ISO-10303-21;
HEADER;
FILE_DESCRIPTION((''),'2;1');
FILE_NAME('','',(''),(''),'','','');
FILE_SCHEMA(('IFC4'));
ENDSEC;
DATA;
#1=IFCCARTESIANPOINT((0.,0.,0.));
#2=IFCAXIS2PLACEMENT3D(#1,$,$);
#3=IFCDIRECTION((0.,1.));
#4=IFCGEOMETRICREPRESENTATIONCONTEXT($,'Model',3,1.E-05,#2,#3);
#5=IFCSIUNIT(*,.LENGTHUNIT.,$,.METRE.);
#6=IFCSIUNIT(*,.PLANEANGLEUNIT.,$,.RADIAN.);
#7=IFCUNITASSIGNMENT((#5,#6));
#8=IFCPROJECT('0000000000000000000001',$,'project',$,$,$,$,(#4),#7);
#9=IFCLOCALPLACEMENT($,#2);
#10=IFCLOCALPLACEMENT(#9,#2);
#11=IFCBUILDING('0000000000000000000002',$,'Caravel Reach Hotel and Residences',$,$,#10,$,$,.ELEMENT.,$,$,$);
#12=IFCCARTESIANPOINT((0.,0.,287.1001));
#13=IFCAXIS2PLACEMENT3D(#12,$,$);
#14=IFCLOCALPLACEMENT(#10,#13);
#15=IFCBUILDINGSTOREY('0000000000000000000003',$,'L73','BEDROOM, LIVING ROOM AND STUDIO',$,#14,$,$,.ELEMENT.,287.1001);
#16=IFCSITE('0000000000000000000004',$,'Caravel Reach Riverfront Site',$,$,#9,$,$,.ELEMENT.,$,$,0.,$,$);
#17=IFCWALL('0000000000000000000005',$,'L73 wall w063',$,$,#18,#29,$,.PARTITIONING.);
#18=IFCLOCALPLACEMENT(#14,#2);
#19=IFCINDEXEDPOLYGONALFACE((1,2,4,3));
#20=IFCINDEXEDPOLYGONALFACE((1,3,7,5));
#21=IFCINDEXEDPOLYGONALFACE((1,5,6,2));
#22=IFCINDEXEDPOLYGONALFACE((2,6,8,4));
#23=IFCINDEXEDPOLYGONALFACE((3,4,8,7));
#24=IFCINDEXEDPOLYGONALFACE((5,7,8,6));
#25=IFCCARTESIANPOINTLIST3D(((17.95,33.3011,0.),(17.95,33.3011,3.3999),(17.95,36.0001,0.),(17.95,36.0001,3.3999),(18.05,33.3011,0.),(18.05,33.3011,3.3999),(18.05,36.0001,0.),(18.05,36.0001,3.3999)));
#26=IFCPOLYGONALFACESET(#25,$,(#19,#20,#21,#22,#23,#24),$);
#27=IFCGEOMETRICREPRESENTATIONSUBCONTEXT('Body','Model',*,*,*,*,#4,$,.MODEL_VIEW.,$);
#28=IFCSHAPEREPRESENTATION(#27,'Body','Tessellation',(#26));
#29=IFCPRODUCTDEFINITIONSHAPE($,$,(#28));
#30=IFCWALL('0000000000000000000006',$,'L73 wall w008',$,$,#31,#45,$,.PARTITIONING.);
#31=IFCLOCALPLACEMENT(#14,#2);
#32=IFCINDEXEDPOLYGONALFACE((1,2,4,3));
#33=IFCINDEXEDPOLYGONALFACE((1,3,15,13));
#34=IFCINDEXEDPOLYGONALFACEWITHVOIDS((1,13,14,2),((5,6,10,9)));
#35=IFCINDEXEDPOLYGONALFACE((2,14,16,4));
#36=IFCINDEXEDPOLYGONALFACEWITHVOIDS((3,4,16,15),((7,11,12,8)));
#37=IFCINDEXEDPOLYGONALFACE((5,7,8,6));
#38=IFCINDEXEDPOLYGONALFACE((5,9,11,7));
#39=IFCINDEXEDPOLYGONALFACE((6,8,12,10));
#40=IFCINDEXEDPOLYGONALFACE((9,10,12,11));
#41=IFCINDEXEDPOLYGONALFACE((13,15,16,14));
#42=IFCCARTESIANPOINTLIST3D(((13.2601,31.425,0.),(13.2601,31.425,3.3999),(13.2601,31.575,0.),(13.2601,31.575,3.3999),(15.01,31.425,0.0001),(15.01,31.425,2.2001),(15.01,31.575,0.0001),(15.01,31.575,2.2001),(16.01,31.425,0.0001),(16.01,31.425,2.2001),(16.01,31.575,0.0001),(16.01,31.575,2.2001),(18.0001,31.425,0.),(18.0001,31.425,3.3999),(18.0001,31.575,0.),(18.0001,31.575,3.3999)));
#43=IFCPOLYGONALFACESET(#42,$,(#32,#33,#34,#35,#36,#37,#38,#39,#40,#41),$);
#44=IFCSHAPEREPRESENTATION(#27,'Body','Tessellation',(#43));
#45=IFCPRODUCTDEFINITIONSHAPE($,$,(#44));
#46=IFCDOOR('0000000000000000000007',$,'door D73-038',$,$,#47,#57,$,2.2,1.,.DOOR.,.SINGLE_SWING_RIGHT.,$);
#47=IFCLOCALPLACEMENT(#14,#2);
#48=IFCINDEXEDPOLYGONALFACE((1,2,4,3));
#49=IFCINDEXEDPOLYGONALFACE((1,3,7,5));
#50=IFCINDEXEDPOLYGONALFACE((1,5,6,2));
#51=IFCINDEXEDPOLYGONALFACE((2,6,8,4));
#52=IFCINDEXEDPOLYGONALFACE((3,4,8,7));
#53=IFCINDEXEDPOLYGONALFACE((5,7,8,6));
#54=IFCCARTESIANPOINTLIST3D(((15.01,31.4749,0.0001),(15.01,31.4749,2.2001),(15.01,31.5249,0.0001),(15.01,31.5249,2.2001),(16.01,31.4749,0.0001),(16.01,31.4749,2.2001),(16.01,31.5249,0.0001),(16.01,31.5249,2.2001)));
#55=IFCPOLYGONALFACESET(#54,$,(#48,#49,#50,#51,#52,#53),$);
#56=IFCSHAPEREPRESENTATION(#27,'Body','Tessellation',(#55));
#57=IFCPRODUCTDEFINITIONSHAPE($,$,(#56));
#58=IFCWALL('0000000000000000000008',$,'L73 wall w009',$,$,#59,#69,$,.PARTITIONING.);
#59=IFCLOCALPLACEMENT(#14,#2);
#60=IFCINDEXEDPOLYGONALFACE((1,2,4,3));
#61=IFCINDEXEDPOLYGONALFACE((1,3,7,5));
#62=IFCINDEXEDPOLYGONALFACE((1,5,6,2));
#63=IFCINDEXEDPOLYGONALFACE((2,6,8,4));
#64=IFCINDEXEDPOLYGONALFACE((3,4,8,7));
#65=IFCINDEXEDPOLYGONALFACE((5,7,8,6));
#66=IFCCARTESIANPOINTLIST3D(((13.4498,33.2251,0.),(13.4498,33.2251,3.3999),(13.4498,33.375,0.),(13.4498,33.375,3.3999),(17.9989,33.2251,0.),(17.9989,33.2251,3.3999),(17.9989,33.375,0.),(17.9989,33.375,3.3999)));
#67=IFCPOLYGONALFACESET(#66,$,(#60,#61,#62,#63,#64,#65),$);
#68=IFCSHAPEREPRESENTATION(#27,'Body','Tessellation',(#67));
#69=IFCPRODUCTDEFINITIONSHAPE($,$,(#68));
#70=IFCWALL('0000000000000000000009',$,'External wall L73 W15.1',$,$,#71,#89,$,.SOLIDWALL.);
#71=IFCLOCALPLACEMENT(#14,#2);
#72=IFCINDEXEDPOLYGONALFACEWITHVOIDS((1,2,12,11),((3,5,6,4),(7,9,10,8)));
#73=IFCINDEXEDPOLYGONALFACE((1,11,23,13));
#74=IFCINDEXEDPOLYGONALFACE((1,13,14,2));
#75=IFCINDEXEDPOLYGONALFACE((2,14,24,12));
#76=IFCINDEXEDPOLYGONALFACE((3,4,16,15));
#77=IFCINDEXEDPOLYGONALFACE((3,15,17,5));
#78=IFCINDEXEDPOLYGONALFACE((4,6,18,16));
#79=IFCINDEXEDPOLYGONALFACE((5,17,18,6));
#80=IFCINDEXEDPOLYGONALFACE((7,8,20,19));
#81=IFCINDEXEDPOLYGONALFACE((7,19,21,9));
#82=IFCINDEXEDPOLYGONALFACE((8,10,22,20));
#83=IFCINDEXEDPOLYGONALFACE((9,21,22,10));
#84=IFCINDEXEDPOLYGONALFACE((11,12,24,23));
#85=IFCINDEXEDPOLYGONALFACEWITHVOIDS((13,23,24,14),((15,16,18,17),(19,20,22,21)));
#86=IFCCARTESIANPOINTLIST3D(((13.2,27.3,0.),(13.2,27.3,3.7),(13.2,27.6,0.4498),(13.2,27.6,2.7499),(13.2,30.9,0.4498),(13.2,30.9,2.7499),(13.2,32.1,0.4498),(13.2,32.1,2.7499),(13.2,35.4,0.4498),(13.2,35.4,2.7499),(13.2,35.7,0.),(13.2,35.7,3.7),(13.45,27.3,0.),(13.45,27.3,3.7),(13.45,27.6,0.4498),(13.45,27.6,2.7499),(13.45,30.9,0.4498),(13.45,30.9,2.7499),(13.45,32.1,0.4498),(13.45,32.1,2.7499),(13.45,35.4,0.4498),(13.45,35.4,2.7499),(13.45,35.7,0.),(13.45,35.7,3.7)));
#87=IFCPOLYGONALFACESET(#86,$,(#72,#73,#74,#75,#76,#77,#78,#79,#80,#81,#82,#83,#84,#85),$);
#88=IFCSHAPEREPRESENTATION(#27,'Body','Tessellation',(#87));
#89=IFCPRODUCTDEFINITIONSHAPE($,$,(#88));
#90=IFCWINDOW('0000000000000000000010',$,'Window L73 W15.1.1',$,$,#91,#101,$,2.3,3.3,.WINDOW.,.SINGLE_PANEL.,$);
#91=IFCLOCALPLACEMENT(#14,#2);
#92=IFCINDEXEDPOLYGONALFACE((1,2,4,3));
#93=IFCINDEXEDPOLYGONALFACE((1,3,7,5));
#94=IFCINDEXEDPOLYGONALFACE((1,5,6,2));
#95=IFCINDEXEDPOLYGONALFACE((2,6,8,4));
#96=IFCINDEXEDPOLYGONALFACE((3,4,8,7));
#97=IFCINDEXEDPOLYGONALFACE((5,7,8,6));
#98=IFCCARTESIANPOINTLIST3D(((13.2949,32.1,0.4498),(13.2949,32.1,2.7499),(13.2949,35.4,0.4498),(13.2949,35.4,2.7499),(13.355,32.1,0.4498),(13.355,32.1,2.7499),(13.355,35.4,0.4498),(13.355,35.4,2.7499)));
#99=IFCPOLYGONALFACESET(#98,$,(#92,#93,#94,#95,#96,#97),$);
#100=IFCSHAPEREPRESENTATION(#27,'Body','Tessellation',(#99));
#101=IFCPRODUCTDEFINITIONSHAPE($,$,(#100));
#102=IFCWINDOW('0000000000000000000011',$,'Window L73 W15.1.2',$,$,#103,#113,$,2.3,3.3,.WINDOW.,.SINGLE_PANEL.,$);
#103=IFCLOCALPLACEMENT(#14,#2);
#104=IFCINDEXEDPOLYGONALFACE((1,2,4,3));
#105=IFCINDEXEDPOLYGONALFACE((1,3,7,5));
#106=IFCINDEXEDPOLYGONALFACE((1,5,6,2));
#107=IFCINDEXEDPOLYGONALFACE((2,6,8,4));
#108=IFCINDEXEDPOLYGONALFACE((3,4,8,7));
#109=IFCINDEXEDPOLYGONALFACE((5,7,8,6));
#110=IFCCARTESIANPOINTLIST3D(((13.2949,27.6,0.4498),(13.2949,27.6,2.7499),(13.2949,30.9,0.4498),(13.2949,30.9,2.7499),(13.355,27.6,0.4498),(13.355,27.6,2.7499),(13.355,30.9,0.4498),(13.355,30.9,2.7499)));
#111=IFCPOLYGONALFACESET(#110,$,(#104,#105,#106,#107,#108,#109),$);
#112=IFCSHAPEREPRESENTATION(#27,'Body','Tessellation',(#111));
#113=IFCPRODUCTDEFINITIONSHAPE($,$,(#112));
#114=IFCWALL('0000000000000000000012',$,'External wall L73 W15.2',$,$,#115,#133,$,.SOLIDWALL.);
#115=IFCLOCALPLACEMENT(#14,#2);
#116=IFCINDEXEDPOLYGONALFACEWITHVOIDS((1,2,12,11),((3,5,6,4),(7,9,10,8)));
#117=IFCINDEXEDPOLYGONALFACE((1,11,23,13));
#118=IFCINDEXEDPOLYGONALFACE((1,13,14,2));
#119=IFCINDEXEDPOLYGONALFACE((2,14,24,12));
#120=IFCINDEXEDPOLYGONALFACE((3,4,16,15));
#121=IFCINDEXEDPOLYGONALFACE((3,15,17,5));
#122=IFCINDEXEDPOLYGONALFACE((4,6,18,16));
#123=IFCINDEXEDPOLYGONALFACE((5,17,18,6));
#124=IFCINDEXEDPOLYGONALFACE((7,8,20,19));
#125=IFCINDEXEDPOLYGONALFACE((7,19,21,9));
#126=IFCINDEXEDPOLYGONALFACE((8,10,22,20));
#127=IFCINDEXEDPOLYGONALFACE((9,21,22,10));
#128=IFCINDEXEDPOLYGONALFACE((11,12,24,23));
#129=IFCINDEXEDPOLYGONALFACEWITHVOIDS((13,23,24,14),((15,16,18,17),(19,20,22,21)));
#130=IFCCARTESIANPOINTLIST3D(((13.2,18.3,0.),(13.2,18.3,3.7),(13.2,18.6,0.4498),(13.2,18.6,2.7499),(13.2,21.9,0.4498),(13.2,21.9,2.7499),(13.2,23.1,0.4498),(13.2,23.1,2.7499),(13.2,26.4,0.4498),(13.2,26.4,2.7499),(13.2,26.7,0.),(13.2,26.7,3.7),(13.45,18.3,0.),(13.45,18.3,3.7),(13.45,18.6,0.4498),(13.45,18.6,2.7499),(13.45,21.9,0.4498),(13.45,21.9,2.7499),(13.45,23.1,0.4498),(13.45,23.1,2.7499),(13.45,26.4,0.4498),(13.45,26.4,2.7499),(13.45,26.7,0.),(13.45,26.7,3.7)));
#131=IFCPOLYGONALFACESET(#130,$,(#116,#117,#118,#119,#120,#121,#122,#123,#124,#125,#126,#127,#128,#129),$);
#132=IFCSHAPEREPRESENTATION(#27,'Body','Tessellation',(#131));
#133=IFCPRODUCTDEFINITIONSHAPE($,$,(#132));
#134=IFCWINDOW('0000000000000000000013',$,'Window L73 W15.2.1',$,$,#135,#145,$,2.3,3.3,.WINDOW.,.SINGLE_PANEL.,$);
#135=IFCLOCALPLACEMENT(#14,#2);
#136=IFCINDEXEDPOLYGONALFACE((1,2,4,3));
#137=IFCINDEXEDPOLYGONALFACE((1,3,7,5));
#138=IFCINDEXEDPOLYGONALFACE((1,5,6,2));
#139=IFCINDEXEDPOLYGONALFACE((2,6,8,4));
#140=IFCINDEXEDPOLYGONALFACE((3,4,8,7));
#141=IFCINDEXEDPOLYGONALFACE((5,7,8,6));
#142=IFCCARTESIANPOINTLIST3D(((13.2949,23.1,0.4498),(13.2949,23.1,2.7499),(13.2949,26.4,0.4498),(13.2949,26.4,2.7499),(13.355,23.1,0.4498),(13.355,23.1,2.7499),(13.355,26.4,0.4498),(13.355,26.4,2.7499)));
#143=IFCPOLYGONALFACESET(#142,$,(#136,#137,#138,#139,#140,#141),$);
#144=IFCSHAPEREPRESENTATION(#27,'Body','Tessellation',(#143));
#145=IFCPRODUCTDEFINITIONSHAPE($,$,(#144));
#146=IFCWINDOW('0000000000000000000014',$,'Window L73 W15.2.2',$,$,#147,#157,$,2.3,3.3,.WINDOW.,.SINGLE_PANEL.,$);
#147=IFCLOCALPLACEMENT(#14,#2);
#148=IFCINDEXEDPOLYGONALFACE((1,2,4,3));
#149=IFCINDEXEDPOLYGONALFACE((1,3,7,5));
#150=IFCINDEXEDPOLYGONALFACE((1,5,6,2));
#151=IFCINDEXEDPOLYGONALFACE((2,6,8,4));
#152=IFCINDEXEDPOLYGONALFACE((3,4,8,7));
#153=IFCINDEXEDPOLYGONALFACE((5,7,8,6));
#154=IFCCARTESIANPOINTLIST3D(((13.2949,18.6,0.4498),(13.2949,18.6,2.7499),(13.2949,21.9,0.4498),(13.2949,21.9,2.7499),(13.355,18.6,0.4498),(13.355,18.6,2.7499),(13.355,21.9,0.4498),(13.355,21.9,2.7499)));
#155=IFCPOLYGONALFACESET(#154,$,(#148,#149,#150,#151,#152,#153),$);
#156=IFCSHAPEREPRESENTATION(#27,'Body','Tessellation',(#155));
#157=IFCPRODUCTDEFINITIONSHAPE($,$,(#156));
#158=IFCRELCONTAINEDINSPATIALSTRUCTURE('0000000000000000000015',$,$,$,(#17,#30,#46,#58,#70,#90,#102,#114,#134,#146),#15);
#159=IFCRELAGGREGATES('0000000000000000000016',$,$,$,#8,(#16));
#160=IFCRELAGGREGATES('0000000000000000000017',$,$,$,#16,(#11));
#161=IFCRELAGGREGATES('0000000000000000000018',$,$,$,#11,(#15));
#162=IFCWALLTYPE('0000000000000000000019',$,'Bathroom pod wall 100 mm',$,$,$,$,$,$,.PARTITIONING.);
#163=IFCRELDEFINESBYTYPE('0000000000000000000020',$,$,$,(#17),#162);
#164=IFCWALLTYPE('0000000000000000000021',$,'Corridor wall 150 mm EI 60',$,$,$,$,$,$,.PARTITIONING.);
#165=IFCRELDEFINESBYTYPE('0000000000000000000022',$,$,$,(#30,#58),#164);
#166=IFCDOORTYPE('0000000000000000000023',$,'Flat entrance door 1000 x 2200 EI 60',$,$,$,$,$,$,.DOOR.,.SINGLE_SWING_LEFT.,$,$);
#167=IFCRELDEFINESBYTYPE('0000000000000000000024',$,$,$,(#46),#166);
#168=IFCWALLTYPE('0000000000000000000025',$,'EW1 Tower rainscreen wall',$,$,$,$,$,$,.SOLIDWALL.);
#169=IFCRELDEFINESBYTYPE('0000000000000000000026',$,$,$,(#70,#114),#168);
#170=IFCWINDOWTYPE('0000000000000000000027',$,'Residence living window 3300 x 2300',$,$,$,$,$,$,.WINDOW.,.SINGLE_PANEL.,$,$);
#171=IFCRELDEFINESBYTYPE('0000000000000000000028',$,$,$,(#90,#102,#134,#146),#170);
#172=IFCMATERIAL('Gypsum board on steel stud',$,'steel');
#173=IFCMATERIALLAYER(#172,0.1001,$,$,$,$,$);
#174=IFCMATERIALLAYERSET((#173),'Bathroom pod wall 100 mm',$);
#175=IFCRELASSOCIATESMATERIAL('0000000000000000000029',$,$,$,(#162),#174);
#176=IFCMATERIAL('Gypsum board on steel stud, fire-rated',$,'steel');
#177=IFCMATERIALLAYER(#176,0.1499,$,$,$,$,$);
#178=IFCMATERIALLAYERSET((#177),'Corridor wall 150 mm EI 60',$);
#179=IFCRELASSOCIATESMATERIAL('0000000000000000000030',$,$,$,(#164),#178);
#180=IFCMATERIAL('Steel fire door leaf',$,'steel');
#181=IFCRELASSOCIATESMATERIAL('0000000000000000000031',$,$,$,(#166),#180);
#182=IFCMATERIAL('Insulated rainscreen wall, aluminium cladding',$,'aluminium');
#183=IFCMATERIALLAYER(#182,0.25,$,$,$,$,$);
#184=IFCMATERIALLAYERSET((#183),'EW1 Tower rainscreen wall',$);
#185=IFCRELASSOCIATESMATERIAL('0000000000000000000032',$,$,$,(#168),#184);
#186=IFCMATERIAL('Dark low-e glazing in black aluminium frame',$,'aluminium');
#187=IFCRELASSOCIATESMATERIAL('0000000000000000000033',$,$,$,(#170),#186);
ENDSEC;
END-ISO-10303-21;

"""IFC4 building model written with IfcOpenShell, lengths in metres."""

from ifc_helpers import new_model, si_unit, direction, frame, frame_2d, origin, place, context, subcontext, project, spatial, rectangle, extrude, material, layer, layer_set, type_object, element, fill, save


model = new_model("IFC4")

# Units and contexts
model_context = context("Model", 3, precision=1e-05, world=origin(), true_north=direction((0.0, 1.0)))
body_context = subcontext(model_context, "Body", "Model", "MODEL_VIEW")
ifc_project = project(units=[si_unit("LENGTHUNIT", "METRE"), si_unit("PLANEANGLEUNIT", "RADIAN")], contexts=[model_context])

# Site, building, storey
site_placement = place(None, origin())
site = spatial("IfcSite", under=ifc_project, at=site_placement, Name="Caravel Reach Riverfront Site", CompositionType="ELEMENT", RefElevation=0.0)
building_placement = place(site_placement, origin())
building = spatial("IfcBuilding", under=site, at=building_placement, Name="Caravel Reach Hotel and Residences", CompositionType="ELEMENT")
storey_placement = place(building_placement, frame((0.0, 0.0, 287.1001)))
storey = spatial("IfcBuildingStorey", under=building, at=storey_placement, Name="L73", Description="BEDROOM, LIVING ROOM AND STUDIO", CompositionType="ELEMENT", Elevation=287.1001)

# Wall
ifc_material_1 = material(Name="Gypsum board on steel stud", Category="steel")
ifc_layer_1 = layer(ifc_material_1, 0.1001)
ifc_layer_set_1 = layer_set([ifc_layer_1], Name="Bathroom pod wall 100 mm")
wall_type_1 = type_object("IfcWallType", Name="Bathroom pod wall 100 mm", PredefinedType="PARTITIONING", material=ifc_layer_set_1)
wall_1_placement = place(storey_placement, frame((18.0, 33.301, 0.0), z_axis=(0.0, 0.0, 1.0), x_axis=(0.0, 1.0, 0.0)))
element("IfcWall", 1, at=wall_1_placement, inside=storey, type_object=wall_type_1, Name="L73 wall w063", PredefinedType="PARTITIONING", context=body_context, shape_type="SweptSolid", body=[
    extrude(rectangle(XDim=2.699, YDim=0.1001, at=frame_2d((1.3496, 0.0))), origin(), (0.0, 0.0, 1.0), 3.3999),
])

# Wall, opening, door
ifc_material_2 = material(Name="Gypsum board on steel stud, fire-rated", Category="steel")
ifc_layer_2 = layer(ifc_material_2, 0.1499)
ifc_layer_set_2 = layer_set([ifc_layer_2], Name="Corridor wall 150 mm EI 60")
wall_type_2 = type_object("IfcWallType", Name="Corridor wall 150 mm EI 60", PredefinedType="PARTITIONING", material=ifc_layer_set_2)
wall_2_placement = place(storey_placement, frame((13.26, 31.5, 0.0), z_axis=(0.0, 0.0, 1.0), x_axis=(1.0, 0.0, 0.0)))
wall_2 = element("IfcWall", 2, at=wall_2_placement, inside=storey, type_object=wall_type_2, Name="L73 wall w008", PredefinedType="PARTITIONING", context=body_context, shape_type="SweptSolid", body=[
    extrude(rectangle(XDim=4.74, YDim=0.1499, at=frame_2d((2.3701, 0.0))), origin(), (0.0, 0.0, 1.0), 3.3999),
])
opening_1_placement = place(wall_2_placement, frame((1.75, 0.0, 0.0)))
opening_1 = element("IfcOpeningElement", 3, at=opening_1_placement, cuts=wall_2, PredefinedType="OPENING", context=body_context, shape_type="SweptSolid", body=[
    extrude(rectangle(XDim=1.0, YDim=2.2, at=frame_2d((0.5, 1.1001))), frame((0.0, 0.085, 0.0), z_axis=(0.0, -1.0, 0.0), x_axis=(1.0, 0.0, 0.0)), (0.0, 0.0, 1.0), 0.1699),
])
ifc_material_3 = material(Name="Steel fire door leaf", Category="steel")
door_type = type_object("IfcDoorType", Name="Flat entrance door 1000 x 2200 EI 60", OperationType="SINGLE_SWING_LEFT", PredefinedType="DOOR", material=ifc_material_3)
door_placement = place(opening_1_placement, origin())
door = element("IfcDoor", 4, at=door_placement, inside=storey, type_object=door_type, Name="door D73-038", OperationType="SINGLE_SWING_RIGHT", OverallHeight=2.2, OverallWidth=1.0, PredefinedType="DOOR", context=body_context, shape_type="SweptSolid", body=[
    extrude(rectangle(XDim=1.0, YDim=2.2, at=frame_2d((0.5, 1.1001))), frame((0.0, 0.0249, 0.0), z_axis=(0.0, -1.0, 0.0), x_axis=(1.0, 0.0, 0.0)), (0.0, 0.0, 1.0), 0.05),
])
fill(opening_1, door)

# Wall
wall_3_placement = place(storey_placement, frame((13.45, 33.3, 0.0), z_axis=(0.0, 0.0, 1.0), x_axis=(1.0, 0.0, 0.0)))
element("IfcWall", 5, at=wall_3_placement, inside=storey, type_object=wall_type_2, Name="L73 wall w009", PredefinedType="PARTITIONING", context=body_context, shape_type="SweptSolid", body=[
    extrude(rectangle(XDim=4.5491, YDim=0.1499, at=frame_2d((2.2744, 0.0))), origin(), (0.0, 0.0, 1.0), 3.3999),
])

# Walls, openings, windows
ifc_material_4 = material(Name="Insulated rainscreen wall, aluminium cladding", Category="aluminium")
ifc_layer_3 = layer(ifc_material_4, 0.25)
ifc_layer_set_3 = layer_set([ifc_layer_3], Name="EW1 Tower rainscreen wall")
wall_type_3 = type_object("IfcWallType", Name="EW1 Tower rainscreen wall", PredefinedType="SOLIDWALL", material=ifc_layer_set_3)
wall_4_placement = place(storey_placement, frame((13.325, 35.7, 0.0), z_axis=(0.0, 0.0, 1.0), x_axis=(0.0, -1.0, 0.0)))
wall_4 = element("IfcWall", 6, at=wall_4_placement, inside=storey, type_object=wall_type_3, Name="External wall L73 W15.1", PredefinedType="SOLIDWALL", context=body_context, shape_type="SweptSolid", body=[
    extrude(rectangle(XDim=8.3999, YDim=0.25, at=frame_2d((4.2, 0.0))), origin(), (0.0, 0.0, 1.0), 3.7),
])
opening_2_placement = place(wall_4_placement, frame((0.3, 0.0, 0.45)))
opening_2 = element("IfcOpeningElement", 7, at=opening_2_placement, cuts=wall_4, PredefinedType="OPENING", context=body_context, shape_type="SweptSolid", body=[
    extrude(rectangle(XDim=3.3, YDim=2.3, at=frame_2d((1.6499, 1.1499))), frame((0.0, 0.135, 0.0), z_axis=(0.0, -1.0, 0.0), x_axis=(1.0, 0.0, 0.0)), (0.0, 0.0, 1.0), 0.27),
])
opening_3_placement = place(wall_4_placement, frame((4.8, 0.0, 0.45)))
opening_3 = element("IfcOpeningElement", 8, at=opening_3_placement, cuts=wall_4, PredefinedType="OPENING", context=body_context, shape_type="SweptSolid", body=[
    extrude(rectangle(XDim=3.3, YDim=2.3, at=frame_2d((1.6499, 1.1499))), frame((0.0, 0.135, 0.0), z_axis=(0.0, -1.0, 0.0), x_axis=(1.0, 0.0, 0.0)), (0.0, 0.0, 1.0), 0.27),
])
ifc_material_5 = material(Name="Dark low-e glazing in black aluminium frame", Category="aluminium")
window_type = type_object("IfcWindowType", Name="Residence living window 3300 x 2300", PartitioningType="SINGLE_PANEL", PredefinedType="WINDOW", material=ifc_material_5)
window_1_placement = place(opening_2_placement, origin())
window_1 = element("IfcWindow", 9, at=window_1_placement, inside=storey, type_object=window_type, Name="Window L73 W15.1.1", OverallHeight=2.3, OverallWidth=3.3, PartitioningType="SINGLE_PANEL", PredefinedType="WINDOW", context=body_context, shape_type="SweptSolid", body=[
    extrude(rectangle(XDim=3.3, YDim=2.3, at=frame_2d((1.6499, 1.1499))), frame((0.0, 0.03, 0.0), z_axis=(0.0, -1.0, 0.0), x_axis=(1.0, 0.0, 0.0)), (0.0, 0.0, 1.0), 0.0601),
])
fill(opening_2, window_1)
window_2_placement = place(opening_3_placement, origin())
window_2 = element("IfcWindow", 10, at=window_2_placement, inside=storey, type_object=window_type, Name="Window L73 W15.1.2", OverallHeight=2.3, OverallWidth=3.3, PartitioningType="SINGLE_PANEL", PredefinedType="WINDOW", context=body_context, shape_type="SweptSolid", body=[
    extrude(rectangle(XDim=3.3, YDim=2.3, at=frame_2d((1.6499, 1.1499))), frame((0.0, 0.03, 0.0), z_axis=(0.0, -1.0, 0.0), x_axis=(1.0, 0.0, 0.0)), (0.0, 0.0, 1.0), 0.0601),
])
fill(opening_3, window_2)
wall_5_placement = place(storey_placement, frame((13.325, 26.7, 0.0), z_axis=(0.0, 0.0, 1.0), x_axis=(0.0, -1.0, 0.0)))
wall_5 = element("IfcWall", 11, at=wall_5_placement, inside=storey, type_object=wall_type_3, Name="External wall L73 W15.2", PredefinedType="SOLIDWALL", context=body_context, shape_type="SweptSolid", body=[
    extrude(rectangle(XDim=8.3999, YDim=0.25, at=frame_2d((4.2, 0.0))), origin(), (0.0, 0.0, 1.0), 3.7),
])
opening_4_placement = place(wall_5_placement, frame((0.3, 0.0, 0.45)))
opening_4 = element("IfcOpeningElement", 12, at=opening_4_placement, cuts=wall_5, PredefinedType="OPENING", context=body_context, shape_type="SweptSolid", body=[
    extrude(rectangle(XDim=3.3, YDim=2.3, at=frame_2d((1.6499, 1.1499))), frame((0.0, 0.135, 0.0), z_axis=(0.0, -1.0, 0.0), x_axis=(1.0, 0.0, 0.0)), (0.0, 0.0, 1.0), 0.27),
])
opening_5_placement = place(wall_5_placement, frame((4.8, 0.0, 0.45)))
opening_5 = element("IfcOpeningElement", 13, at=opening_5_placement, cuts=wall_5, PredefinedType="OPENING", context=body_context, shape_type="SweptSolid", body=[
    extrude(rectangle(XDim=3.3, YDim=2.3, at=frame_2d((1.6499, 1.1499))), frame((0.0, 0.135, 0.0), z_axis=(0.0, -1.0, 0.0), x_axis=(1.0, 0.0, 0.0)), (0.0, 0.0, 1.0), 0.27),
])
window_3_placement = place(opening_4_placement, origin())
window_3 = element("IfcWindow", 14, at=window_3_placement, inside=storey, type_object=window_type, Name="Window L73 W15.2.1", OverallHeight=2.3, OverallWidth=3.3, PartitioningType="SINGLE_PANEL", PredefinedType="WINDOW", context=body_context, shape_type="SweptSolid", body=[
    extrude(rectangle(XDim=3.3, YDim=2.3, at=frame_2d((1.6499, 1.1499))), frame((0.0, 0.03, 0.0), z_axis=(0.0, -1.0, 0.0), x_axis=(1.0, 0.0, 0.0)), (0.0, 0.0, 1.0), 0.0601),
])
fill(opening_4, window_3)
window_4_placement = place(opening_5_placement, origin())
window_4 = element("IfcWindow", 15, at=window_4_placement, inside=storey, type_object=window_type, Name="Window L73 W15.2.2", OverallHeight=2.3, OverallWidth=3.3, PartitioningType="SINGLE_PANEL", PredefinedType="WINDOW", context=body_context, shape_type="SweptSolid", body=[
    extrude(rectangle(XDim=3.3, YDim=2.3, at=frame_2d((1.6499, 1.1499))), frame((0.0, 0.03, 0.0), z_axis=(0.0, -1.0, 0.0), x_axis=(1.0, 0.0, 0.0)), (0.0, 0.0, 1.0), 0.0601),
])
fill(opening_5, window_4)

save(model, "model.ifc")
